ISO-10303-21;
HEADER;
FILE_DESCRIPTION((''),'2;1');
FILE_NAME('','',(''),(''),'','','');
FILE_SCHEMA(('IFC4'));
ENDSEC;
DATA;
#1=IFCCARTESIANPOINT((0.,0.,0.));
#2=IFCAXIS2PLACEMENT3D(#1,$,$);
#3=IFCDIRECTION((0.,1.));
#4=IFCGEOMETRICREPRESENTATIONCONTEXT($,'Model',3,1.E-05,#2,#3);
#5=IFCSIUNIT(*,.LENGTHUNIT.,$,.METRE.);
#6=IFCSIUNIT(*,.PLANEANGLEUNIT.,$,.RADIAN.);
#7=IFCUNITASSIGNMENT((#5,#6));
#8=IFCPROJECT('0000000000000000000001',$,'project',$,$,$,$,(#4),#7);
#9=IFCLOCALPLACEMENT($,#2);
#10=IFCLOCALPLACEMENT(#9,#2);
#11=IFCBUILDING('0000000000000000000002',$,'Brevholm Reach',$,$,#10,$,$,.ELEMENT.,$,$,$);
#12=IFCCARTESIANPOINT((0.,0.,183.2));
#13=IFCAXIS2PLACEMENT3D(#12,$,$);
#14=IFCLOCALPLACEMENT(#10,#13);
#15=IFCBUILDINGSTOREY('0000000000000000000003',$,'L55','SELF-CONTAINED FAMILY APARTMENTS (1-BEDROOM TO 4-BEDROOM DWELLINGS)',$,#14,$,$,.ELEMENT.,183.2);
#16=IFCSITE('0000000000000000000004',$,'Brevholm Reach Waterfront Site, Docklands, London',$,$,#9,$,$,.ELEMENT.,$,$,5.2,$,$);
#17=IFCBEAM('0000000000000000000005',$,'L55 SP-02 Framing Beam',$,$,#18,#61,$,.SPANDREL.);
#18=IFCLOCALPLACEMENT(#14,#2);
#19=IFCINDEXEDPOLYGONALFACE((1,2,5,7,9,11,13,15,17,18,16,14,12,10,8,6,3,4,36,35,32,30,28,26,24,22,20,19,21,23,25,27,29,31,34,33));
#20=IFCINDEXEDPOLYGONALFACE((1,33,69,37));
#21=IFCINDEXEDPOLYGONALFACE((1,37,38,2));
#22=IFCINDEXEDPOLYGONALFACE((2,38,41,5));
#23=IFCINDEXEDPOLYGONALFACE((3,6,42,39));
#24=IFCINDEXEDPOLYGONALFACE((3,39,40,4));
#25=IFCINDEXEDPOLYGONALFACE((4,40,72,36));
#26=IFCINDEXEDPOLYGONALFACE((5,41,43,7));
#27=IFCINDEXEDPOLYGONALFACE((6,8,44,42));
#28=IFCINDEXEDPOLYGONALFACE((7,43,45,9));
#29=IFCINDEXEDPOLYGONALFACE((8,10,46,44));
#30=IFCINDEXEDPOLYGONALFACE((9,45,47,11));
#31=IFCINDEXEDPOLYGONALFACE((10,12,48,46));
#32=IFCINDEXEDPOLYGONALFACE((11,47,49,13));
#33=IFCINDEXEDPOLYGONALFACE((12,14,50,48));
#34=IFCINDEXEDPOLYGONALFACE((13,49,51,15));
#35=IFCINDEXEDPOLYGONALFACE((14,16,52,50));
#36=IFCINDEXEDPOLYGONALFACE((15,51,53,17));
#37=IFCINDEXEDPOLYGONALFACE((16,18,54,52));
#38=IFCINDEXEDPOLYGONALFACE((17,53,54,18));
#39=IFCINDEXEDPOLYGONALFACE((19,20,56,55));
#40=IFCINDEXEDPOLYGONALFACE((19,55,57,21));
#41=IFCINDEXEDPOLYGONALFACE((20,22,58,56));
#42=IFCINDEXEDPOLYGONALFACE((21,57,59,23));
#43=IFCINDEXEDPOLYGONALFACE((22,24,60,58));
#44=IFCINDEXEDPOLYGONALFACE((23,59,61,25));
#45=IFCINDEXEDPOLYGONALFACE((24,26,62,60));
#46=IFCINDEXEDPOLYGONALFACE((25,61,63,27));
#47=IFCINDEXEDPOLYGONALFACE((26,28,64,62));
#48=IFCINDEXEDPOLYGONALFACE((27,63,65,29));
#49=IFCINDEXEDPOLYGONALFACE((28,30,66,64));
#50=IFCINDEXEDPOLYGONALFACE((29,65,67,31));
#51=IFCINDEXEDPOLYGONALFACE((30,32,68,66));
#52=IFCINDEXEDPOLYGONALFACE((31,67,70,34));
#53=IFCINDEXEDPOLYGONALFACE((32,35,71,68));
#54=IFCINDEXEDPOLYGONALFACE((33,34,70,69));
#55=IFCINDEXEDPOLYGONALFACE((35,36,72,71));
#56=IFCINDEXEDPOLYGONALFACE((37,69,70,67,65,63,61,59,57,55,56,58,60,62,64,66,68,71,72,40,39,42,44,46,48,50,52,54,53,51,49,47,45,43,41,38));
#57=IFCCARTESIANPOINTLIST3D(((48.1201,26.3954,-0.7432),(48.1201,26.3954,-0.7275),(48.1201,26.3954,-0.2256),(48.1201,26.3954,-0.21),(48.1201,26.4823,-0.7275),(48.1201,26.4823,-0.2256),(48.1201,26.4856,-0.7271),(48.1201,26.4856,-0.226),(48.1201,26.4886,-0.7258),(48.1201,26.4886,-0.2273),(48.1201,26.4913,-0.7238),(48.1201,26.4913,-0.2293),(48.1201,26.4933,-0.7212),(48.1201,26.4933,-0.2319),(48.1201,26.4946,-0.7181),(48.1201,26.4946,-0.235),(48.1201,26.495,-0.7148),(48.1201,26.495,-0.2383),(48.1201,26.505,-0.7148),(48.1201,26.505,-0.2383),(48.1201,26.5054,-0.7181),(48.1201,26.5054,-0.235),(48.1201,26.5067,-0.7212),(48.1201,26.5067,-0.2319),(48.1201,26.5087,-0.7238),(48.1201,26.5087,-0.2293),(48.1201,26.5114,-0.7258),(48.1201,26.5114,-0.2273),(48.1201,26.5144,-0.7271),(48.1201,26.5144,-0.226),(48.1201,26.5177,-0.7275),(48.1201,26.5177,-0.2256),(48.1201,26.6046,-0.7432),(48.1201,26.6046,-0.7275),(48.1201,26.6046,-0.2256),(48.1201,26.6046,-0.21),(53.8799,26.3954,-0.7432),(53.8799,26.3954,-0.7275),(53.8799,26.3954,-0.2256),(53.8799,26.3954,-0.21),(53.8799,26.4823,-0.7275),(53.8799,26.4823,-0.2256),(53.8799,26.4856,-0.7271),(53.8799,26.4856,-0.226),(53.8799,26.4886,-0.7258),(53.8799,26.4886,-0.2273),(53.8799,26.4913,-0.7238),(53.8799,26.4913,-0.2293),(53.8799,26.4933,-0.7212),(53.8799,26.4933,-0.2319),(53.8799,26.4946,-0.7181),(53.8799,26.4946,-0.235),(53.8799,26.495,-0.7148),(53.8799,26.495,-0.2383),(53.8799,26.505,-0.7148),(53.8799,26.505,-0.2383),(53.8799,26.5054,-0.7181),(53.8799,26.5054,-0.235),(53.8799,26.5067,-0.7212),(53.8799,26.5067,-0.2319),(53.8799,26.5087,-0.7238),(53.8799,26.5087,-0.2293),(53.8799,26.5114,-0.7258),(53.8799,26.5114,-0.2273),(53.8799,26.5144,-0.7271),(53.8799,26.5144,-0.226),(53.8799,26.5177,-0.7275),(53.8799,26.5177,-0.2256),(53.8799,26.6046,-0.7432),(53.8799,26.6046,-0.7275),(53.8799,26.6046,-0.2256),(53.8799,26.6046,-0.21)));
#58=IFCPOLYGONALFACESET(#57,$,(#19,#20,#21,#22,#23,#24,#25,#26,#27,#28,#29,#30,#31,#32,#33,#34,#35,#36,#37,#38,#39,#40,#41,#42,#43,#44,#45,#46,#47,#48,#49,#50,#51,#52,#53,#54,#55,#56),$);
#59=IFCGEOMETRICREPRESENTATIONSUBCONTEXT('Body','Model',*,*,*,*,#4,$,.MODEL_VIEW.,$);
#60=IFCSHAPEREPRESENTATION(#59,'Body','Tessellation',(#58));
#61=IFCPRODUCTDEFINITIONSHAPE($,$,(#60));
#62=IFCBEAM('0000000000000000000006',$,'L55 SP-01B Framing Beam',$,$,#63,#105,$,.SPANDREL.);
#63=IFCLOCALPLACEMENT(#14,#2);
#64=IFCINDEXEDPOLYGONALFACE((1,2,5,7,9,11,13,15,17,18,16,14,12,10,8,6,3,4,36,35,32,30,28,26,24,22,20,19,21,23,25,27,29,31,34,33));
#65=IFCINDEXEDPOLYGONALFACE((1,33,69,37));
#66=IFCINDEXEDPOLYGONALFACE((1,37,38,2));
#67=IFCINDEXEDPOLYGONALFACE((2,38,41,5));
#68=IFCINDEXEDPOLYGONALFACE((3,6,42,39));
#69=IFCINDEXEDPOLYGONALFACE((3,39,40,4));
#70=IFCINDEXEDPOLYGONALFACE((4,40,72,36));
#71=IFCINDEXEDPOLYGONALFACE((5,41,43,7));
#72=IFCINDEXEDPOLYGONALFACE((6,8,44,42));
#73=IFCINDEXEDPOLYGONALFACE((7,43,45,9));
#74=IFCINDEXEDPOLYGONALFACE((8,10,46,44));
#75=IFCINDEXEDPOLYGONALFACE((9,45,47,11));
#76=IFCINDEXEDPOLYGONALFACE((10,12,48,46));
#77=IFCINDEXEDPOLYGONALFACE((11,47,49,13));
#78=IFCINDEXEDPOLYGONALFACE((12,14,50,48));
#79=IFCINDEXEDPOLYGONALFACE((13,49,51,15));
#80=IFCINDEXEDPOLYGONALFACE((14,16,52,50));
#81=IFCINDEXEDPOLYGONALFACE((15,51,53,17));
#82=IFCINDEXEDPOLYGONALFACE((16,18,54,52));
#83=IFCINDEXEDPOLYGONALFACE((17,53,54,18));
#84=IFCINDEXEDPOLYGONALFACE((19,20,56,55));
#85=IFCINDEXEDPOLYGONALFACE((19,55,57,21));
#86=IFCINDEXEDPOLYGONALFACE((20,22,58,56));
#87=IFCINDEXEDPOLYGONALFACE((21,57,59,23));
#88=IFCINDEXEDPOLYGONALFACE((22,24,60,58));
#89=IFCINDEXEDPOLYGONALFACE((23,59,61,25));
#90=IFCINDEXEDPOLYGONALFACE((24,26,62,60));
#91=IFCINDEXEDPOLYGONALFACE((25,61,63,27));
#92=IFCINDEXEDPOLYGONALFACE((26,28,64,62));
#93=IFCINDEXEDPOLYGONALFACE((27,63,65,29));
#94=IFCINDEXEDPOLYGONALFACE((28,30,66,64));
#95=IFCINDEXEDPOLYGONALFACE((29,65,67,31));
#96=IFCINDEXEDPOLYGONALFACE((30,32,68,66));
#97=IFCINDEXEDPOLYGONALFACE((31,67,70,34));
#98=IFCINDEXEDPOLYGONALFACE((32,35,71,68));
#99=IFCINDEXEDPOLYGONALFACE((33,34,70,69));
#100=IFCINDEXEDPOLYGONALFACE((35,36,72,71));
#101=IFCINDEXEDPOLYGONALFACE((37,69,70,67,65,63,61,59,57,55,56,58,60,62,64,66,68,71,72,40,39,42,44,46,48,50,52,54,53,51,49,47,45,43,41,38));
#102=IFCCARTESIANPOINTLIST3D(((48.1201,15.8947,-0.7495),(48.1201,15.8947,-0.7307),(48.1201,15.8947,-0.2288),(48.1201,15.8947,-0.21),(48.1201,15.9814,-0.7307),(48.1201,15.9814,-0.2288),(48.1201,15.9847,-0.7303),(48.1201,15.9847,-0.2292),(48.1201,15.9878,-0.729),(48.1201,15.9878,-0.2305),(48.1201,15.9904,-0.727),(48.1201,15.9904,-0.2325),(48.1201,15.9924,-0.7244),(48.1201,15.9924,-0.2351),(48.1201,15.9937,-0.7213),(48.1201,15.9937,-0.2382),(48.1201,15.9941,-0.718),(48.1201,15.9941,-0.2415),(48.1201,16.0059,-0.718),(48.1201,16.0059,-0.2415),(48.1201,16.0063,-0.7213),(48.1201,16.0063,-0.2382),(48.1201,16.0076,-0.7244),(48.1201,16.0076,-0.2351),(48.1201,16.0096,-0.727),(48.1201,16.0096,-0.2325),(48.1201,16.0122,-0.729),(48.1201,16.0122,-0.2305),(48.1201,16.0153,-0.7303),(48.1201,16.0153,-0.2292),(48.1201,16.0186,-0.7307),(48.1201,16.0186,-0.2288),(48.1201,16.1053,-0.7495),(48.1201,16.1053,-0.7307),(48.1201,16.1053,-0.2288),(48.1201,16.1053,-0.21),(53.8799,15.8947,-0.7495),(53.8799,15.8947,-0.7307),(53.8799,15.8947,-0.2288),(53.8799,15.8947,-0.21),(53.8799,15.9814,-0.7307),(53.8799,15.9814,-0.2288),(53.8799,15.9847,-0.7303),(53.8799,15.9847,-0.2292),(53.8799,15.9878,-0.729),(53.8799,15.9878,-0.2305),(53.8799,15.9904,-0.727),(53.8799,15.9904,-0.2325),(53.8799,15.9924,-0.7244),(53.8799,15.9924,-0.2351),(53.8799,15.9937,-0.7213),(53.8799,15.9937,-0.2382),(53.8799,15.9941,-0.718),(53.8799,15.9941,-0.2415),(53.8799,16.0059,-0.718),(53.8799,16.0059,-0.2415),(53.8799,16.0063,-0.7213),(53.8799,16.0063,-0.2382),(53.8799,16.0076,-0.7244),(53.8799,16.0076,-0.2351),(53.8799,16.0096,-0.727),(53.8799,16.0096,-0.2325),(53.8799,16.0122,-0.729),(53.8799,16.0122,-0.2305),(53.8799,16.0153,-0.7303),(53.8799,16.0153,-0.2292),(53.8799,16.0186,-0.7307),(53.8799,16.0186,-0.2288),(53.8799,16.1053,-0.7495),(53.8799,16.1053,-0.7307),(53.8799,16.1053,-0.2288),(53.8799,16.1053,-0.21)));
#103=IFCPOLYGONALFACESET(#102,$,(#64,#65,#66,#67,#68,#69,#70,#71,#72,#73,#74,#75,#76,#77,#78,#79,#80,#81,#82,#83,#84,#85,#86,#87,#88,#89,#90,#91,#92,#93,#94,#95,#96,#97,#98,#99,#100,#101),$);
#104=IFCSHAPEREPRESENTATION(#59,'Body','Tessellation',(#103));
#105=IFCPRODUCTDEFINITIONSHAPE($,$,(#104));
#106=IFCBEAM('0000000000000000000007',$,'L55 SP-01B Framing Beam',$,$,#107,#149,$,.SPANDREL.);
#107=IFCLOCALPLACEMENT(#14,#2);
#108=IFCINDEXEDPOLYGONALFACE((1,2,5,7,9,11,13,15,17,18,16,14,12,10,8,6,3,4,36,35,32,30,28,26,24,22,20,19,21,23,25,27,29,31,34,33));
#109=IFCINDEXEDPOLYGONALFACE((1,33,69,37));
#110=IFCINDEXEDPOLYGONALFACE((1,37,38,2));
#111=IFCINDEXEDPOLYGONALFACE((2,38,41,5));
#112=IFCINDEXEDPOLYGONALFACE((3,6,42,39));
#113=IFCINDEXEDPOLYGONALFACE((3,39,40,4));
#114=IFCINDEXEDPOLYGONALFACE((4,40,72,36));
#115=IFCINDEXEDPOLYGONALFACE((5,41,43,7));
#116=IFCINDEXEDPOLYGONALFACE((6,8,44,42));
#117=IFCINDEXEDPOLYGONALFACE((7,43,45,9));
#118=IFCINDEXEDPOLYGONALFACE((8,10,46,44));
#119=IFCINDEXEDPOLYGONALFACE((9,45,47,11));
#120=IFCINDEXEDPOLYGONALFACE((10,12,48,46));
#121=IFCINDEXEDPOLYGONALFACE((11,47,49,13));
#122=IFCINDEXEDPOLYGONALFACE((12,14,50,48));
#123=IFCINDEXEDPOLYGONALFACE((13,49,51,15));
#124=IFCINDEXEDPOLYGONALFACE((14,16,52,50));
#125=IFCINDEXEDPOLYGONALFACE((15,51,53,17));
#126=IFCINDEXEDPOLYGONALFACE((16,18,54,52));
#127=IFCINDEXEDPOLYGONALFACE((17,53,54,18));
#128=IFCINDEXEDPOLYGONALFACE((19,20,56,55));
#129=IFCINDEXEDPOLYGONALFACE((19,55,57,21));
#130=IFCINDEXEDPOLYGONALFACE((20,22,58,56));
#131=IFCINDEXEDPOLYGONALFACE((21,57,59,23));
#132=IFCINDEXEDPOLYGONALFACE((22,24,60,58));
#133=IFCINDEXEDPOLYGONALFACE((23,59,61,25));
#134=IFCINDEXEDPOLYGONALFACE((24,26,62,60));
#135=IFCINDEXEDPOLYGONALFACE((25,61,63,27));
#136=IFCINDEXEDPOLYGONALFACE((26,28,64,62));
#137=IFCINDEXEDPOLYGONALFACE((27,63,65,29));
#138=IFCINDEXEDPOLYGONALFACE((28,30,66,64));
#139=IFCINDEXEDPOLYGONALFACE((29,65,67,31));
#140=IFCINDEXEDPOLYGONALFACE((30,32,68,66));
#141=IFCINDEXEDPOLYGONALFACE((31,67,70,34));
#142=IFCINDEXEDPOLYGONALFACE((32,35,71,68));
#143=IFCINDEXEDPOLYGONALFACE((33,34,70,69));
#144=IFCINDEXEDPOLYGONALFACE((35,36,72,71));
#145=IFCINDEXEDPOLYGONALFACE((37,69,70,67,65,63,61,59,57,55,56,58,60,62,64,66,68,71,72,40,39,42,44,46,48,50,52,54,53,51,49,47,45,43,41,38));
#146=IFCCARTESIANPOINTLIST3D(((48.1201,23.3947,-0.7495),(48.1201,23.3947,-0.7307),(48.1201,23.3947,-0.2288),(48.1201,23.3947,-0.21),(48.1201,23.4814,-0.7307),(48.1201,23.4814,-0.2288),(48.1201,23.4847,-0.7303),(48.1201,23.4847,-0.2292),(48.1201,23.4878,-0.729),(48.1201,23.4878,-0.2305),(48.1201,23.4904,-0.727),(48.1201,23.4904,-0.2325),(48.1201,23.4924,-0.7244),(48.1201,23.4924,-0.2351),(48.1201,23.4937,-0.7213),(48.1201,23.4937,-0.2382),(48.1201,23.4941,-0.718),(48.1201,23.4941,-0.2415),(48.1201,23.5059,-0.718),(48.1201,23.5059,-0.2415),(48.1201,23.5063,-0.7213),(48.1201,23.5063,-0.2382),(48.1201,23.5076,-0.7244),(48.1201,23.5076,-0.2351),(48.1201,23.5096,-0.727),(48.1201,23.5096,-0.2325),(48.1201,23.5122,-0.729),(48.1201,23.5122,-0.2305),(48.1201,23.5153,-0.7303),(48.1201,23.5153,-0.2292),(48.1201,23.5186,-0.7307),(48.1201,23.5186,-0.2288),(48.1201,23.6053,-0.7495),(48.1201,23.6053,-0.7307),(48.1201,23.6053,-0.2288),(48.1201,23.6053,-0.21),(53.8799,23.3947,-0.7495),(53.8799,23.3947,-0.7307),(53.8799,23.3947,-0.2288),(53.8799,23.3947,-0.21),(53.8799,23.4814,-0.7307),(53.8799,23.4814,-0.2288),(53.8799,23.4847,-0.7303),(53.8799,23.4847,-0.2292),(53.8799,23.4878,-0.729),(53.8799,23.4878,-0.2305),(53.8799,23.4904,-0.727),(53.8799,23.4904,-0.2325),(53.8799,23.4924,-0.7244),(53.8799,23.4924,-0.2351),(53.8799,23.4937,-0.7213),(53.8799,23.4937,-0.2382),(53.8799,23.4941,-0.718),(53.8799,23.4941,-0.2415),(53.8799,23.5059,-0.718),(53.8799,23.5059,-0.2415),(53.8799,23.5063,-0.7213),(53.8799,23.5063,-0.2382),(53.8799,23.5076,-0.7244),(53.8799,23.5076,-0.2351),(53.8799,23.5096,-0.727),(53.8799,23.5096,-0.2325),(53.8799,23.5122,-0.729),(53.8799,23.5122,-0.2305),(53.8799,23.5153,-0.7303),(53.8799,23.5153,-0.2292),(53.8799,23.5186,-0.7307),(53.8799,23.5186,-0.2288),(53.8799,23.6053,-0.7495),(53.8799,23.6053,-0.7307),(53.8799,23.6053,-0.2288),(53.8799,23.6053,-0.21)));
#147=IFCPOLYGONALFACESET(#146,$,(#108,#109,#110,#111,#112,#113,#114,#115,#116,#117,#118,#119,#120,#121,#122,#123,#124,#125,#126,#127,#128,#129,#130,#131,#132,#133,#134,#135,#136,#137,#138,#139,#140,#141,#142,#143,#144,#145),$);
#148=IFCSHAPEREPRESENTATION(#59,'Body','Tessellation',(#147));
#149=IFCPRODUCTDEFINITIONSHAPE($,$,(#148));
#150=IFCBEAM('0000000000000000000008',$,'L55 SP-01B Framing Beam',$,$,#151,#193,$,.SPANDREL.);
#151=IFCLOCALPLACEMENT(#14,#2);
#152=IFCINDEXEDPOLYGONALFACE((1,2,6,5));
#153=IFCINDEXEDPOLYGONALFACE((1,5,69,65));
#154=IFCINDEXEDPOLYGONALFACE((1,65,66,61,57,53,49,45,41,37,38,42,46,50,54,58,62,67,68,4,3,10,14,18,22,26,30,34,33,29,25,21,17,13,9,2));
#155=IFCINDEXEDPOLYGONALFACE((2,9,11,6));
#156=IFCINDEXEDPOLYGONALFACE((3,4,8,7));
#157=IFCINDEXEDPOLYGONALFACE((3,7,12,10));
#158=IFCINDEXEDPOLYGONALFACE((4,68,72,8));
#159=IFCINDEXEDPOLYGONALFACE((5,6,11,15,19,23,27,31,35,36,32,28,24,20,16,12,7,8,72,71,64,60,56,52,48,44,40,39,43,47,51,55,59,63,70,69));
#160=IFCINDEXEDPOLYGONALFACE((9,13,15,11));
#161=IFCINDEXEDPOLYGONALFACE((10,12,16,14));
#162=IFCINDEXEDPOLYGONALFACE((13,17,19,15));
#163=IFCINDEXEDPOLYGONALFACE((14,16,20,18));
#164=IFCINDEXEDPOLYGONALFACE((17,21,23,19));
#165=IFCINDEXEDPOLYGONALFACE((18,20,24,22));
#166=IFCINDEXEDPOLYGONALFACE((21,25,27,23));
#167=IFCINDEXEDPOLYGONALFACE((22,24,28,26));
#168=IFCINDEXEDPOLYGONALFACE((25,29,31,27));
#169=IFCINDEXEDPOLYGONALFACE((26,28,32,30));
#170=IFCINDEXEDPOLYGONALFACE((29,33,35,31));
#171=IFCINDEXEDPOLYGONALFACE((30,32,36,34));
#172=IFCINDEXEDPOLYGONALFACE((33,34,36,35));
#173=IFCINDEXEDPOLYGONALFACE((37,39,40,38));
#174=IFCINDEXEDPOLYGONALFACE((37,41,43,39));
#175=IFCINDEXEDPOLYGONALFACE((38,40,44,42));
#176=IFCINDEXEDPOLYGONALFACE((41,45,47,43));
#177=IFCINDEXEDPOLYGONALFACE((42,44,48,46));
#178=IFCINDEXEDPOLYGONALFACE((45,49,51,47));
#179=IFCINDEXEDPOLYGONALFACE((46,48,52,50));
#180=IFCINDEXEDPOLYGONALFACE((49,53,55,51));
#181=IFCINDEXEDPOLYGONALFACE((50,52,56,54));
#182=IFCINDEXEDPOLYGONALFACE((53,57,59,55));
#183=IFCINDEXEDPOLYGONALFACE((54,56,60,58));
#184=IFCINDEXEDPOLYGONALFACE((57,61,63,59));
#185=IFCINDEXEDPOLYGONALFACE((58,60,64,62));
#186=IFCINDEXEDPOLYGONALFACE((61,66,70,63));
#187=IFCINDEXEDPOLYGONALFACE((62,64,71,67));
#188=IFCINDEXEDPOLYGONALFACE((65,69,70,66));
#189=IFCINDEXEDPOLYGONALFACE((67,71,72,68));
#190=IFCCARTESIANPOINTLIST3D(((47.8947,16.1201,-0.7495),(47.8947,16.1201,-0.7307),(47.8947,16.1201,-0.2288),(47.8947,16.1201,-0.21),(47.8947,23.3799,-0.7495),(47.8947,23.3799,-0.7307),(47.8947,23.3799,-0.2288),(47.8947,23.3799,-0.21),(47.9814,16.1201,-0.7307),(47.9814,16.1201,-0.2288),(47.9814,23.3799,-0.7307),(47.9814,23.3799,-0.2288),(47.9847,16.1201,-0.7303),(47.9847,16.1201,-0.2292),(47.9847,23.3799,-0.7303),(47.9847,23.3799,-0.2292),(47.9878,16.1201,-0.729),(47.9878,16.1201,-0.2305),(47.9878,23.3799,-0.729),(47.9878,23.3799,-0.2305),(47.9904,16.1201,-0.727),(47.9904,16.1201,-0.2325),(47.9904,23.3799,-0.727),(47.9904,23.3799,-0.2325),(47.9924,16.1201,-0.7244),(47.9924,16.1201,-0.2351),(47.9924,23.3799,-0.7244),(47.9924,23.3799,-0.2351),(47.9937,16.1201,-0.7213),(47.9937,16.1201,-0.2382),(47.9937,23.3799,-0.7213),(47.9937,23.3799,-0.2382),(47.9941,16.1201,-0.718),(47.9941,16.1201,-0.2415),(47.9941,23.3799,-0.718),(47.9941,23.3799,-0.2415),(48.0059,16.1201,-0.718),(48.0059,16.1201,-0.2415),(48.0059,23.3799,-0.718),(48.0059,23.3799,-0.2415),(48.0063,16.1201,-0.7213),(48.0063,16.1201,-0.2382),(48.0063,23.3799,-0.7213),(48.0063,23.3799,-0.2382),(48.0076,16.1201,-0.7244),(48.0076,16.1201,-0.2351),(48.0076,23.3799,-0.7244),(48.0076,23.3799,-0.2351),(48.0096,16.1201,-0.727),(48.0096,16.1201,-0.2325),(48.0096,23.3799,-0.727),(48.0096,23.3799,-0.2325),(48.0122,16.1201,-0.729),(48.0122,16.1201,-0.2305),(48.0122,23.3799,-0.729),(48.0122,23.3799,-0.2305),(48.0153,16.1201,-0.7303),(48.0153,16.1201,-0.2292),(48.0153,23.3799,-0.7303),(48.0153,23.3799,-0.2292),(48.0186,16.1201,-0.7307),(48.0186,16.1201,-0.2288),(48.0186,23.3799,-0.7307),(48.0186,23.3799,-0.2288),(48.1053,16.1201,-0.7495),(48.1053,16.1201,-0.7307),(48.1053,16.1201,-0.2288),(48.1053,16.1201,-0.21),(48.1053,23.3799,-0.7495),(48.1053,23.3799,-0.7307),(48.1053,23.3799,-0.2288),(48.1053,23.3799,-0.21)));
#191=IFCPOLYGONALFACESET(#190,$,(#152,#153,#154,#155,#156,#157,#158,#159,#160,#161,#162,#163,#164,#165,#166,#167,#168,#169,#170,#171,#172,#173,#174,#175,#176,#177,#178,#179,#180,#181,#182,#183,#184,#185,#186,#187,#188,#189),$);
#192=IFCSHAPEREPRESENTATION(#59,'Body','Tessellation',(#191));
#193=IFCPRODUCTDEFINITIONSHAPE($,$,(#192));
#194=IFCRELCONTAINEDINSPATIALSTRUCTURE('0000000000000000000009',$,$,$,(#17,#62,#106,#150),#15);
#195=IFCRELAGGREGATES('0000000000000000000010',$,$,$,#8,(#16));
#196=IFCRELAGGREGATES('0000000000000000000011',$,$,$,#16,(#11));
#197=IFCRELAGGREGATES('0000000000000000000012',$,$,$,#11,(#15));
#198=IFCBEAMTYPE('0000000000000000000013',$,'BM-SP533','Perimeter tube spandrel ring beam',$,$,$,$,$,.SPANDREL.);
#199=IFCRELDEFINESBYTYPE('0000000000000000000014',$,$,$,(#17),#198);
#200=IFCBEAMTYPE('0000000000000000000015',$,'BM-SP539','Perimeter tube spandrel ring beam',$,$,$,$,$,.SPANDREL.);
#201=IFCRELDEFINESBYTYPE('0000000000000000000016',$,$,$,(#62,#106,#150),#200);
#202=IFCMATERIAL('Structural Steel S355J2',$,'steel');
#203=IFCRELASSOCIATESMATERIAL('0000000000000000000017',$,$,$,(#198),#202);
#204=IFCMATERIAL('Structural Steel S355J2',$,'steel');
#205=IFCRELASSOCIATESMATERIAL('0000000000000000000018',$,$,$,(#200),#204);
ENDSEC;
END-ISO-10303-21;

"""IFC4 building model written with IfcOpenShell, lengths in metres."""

from ifc_helpers import new_model, si_unit, direction, frame, origin, origin_2d, place, context, subcontext, project, spatial, i_section, extrude, material, material_profile, profile_set, type_object, element, save


model = new_model("IFC4")

# Units and contexts
model_context = context("Model", 3, precision=1e-05, world=origin(), true_north=direction((0.0, 1.0)))
body_context = subcontext(model_context, "Body", "Model", "MODEL_VIEW")
ifc_project = project(units=[si_unit("LENGTHUNIT", "METRE"), si_unit("PLANEANGLEUNIT", "RADIAN")], contexts=[model_context])

# Site, building, storey
site_placement = place(None, origin())
site = spatial("IfcSite", under=ifc_project, at=site_placement, Name="Brevholm Reach Waterfront Site, Docklands, London", CompositionType="ELEMENT", RefElevation=5.2)
building_placement = place(site_placement, origin())
building = spatial("IfcBuilding", under=site, at=building_placement, Name="Brevholm Reach", CompositionType="ELEMENT")
storey_placement = place(building_placement, frame((0.0, 0.0, 183.2)))
storey = spatial("IfcBuildingStorey", under=building, at=storey_placement, Name="L55", Description="SELF-CONTAINED FAMILY APARTMENTS (1-BEDROOM TO 4-BEDROOM DWELLINGS)", CompositionType="ELEMENT", Elevation=183.2)

# Beams
ifc_material_1 = material(Name="Structural Steel S355J2", Category="steel")
ifc_material_profile_1 = material_profile(ifc_material_1, i_section(OverallWidth=0.2092, OverallDepth=0.5332, WebThickness=0.01, FlangeThickness=0.0156, FilletRadius=0.0127, at=origin_2d()), Name="UKB 533x210x92")
ifc_profile_set_1 = profile_set([ifc_material_profile_1], Name="Structural Steel S355J2")
beam_type_1 = type_object("IfcBeamType", Name="BM-SP533", Description="Perimeter tube spandrel ring beam", PredefinedType="SPANDREL", material=ifc_profile_set_1)
beam_1_placement = place(storey_placement, frame((48.1201, 26.5, -0.4766), z_axis=(1.0, 0.0, 0.0), x_axis=(0.0, 1.0, 0.0)))
element("IfcBeam", 1, at=beam_1_placement, inside=storey, type_object=beam_type_1, Name="L55 SP-02 Framing Beam", PredefinedType="SPANDREL", context=body_context, shape_type="SweptSolid", body=[
    extrude(i_section(OverallWidth=0.2092, OverallDepth=0.5332, WebThickness=0.01, FlangeThickness=0.0156, FilletRadius=0.0127, at=origin_2d()), origin(), (0.0, 0.0, 1.0), 5.7598),
])
ifc_material_2 = material(Name="Structural Steel S355J2", Category="steel")
ifc_material_profile_2 = material_profile(ifc_material_2, i_section(OverallWidth=0.2107, OverallDepth=0.5396, WebThickness=0.0117, FlangeThickness=0.0188, FilletRadius=0.0127, at=origin_2d()), Name="UKB 533x210x109")
ifc_profile_set_2 = profile_set([ifc_material_profile_2], Name="Structural Steel S355J2")
beam_type_2 = type_object("IfcBeamType", Name="BM-SP539", Description="Perimeter tube spandrel ring beam", PredefinedType="SPANDREL", material=ifc_profile_set_2)
for number, where, z_axis, x_axis, name in (
    (2, (48.1201, 16.0, -0.4797), (1.0, 0.0, 0.0), (0.0, 1.0, 0.0), "L55 SP-01B Framing Beam"),
    (3, (48.1201, 23.5, -0.4797), (1.0, 0.0, 0.0), (0.0, 1.0, 0.0), "L55 SP-01B Framing Beam"),
):
    element("IfcBeam", number, at=place(storey_placement, frame(where, z_axis=z_axis, x_axis=x_axis)), inside=storey, type_object=beam_type_2, Name=name, PredefinedType="SPANDREL", context=body_context, shape_type="SweptSolid", body=[
        extrude(i_section(OverallWidth=0.2107, OverallDepth=0.5396, WebThickness=0.0117, FlangeThickness=0.0188, FilletRadius=0.0127, at=origin_2d()), origin(), (0.0, 0.0, 1.0), 5.7598),
    ])
beam_2_placement = place(storey_placement, frame((48.0, 16.1201, -0.4797), z_axis=(0.0, 1.0, 0.0), x_axis=(-1.0, 0.0, 0.0)))
element("IfcBeam", 4, at=beam_2_placement, inside=storey, type_object=beam_type_2, Name="L55 SP-01B Framing Beam", PredefinedType="SPANDREL", context=body_context, shape_type="SweptSolid", body=[
    extrude(i_section(OverallWidth=0.2107, OverallDepth=0.5396, WebThickness=0.0117, FlangeThickness=0.0188, FilletRadius=0.0127, at=origin_2d()), origin(), (0.0, 0.0, 1.0), 7.2598),
])

save(model, "model.ifc")
